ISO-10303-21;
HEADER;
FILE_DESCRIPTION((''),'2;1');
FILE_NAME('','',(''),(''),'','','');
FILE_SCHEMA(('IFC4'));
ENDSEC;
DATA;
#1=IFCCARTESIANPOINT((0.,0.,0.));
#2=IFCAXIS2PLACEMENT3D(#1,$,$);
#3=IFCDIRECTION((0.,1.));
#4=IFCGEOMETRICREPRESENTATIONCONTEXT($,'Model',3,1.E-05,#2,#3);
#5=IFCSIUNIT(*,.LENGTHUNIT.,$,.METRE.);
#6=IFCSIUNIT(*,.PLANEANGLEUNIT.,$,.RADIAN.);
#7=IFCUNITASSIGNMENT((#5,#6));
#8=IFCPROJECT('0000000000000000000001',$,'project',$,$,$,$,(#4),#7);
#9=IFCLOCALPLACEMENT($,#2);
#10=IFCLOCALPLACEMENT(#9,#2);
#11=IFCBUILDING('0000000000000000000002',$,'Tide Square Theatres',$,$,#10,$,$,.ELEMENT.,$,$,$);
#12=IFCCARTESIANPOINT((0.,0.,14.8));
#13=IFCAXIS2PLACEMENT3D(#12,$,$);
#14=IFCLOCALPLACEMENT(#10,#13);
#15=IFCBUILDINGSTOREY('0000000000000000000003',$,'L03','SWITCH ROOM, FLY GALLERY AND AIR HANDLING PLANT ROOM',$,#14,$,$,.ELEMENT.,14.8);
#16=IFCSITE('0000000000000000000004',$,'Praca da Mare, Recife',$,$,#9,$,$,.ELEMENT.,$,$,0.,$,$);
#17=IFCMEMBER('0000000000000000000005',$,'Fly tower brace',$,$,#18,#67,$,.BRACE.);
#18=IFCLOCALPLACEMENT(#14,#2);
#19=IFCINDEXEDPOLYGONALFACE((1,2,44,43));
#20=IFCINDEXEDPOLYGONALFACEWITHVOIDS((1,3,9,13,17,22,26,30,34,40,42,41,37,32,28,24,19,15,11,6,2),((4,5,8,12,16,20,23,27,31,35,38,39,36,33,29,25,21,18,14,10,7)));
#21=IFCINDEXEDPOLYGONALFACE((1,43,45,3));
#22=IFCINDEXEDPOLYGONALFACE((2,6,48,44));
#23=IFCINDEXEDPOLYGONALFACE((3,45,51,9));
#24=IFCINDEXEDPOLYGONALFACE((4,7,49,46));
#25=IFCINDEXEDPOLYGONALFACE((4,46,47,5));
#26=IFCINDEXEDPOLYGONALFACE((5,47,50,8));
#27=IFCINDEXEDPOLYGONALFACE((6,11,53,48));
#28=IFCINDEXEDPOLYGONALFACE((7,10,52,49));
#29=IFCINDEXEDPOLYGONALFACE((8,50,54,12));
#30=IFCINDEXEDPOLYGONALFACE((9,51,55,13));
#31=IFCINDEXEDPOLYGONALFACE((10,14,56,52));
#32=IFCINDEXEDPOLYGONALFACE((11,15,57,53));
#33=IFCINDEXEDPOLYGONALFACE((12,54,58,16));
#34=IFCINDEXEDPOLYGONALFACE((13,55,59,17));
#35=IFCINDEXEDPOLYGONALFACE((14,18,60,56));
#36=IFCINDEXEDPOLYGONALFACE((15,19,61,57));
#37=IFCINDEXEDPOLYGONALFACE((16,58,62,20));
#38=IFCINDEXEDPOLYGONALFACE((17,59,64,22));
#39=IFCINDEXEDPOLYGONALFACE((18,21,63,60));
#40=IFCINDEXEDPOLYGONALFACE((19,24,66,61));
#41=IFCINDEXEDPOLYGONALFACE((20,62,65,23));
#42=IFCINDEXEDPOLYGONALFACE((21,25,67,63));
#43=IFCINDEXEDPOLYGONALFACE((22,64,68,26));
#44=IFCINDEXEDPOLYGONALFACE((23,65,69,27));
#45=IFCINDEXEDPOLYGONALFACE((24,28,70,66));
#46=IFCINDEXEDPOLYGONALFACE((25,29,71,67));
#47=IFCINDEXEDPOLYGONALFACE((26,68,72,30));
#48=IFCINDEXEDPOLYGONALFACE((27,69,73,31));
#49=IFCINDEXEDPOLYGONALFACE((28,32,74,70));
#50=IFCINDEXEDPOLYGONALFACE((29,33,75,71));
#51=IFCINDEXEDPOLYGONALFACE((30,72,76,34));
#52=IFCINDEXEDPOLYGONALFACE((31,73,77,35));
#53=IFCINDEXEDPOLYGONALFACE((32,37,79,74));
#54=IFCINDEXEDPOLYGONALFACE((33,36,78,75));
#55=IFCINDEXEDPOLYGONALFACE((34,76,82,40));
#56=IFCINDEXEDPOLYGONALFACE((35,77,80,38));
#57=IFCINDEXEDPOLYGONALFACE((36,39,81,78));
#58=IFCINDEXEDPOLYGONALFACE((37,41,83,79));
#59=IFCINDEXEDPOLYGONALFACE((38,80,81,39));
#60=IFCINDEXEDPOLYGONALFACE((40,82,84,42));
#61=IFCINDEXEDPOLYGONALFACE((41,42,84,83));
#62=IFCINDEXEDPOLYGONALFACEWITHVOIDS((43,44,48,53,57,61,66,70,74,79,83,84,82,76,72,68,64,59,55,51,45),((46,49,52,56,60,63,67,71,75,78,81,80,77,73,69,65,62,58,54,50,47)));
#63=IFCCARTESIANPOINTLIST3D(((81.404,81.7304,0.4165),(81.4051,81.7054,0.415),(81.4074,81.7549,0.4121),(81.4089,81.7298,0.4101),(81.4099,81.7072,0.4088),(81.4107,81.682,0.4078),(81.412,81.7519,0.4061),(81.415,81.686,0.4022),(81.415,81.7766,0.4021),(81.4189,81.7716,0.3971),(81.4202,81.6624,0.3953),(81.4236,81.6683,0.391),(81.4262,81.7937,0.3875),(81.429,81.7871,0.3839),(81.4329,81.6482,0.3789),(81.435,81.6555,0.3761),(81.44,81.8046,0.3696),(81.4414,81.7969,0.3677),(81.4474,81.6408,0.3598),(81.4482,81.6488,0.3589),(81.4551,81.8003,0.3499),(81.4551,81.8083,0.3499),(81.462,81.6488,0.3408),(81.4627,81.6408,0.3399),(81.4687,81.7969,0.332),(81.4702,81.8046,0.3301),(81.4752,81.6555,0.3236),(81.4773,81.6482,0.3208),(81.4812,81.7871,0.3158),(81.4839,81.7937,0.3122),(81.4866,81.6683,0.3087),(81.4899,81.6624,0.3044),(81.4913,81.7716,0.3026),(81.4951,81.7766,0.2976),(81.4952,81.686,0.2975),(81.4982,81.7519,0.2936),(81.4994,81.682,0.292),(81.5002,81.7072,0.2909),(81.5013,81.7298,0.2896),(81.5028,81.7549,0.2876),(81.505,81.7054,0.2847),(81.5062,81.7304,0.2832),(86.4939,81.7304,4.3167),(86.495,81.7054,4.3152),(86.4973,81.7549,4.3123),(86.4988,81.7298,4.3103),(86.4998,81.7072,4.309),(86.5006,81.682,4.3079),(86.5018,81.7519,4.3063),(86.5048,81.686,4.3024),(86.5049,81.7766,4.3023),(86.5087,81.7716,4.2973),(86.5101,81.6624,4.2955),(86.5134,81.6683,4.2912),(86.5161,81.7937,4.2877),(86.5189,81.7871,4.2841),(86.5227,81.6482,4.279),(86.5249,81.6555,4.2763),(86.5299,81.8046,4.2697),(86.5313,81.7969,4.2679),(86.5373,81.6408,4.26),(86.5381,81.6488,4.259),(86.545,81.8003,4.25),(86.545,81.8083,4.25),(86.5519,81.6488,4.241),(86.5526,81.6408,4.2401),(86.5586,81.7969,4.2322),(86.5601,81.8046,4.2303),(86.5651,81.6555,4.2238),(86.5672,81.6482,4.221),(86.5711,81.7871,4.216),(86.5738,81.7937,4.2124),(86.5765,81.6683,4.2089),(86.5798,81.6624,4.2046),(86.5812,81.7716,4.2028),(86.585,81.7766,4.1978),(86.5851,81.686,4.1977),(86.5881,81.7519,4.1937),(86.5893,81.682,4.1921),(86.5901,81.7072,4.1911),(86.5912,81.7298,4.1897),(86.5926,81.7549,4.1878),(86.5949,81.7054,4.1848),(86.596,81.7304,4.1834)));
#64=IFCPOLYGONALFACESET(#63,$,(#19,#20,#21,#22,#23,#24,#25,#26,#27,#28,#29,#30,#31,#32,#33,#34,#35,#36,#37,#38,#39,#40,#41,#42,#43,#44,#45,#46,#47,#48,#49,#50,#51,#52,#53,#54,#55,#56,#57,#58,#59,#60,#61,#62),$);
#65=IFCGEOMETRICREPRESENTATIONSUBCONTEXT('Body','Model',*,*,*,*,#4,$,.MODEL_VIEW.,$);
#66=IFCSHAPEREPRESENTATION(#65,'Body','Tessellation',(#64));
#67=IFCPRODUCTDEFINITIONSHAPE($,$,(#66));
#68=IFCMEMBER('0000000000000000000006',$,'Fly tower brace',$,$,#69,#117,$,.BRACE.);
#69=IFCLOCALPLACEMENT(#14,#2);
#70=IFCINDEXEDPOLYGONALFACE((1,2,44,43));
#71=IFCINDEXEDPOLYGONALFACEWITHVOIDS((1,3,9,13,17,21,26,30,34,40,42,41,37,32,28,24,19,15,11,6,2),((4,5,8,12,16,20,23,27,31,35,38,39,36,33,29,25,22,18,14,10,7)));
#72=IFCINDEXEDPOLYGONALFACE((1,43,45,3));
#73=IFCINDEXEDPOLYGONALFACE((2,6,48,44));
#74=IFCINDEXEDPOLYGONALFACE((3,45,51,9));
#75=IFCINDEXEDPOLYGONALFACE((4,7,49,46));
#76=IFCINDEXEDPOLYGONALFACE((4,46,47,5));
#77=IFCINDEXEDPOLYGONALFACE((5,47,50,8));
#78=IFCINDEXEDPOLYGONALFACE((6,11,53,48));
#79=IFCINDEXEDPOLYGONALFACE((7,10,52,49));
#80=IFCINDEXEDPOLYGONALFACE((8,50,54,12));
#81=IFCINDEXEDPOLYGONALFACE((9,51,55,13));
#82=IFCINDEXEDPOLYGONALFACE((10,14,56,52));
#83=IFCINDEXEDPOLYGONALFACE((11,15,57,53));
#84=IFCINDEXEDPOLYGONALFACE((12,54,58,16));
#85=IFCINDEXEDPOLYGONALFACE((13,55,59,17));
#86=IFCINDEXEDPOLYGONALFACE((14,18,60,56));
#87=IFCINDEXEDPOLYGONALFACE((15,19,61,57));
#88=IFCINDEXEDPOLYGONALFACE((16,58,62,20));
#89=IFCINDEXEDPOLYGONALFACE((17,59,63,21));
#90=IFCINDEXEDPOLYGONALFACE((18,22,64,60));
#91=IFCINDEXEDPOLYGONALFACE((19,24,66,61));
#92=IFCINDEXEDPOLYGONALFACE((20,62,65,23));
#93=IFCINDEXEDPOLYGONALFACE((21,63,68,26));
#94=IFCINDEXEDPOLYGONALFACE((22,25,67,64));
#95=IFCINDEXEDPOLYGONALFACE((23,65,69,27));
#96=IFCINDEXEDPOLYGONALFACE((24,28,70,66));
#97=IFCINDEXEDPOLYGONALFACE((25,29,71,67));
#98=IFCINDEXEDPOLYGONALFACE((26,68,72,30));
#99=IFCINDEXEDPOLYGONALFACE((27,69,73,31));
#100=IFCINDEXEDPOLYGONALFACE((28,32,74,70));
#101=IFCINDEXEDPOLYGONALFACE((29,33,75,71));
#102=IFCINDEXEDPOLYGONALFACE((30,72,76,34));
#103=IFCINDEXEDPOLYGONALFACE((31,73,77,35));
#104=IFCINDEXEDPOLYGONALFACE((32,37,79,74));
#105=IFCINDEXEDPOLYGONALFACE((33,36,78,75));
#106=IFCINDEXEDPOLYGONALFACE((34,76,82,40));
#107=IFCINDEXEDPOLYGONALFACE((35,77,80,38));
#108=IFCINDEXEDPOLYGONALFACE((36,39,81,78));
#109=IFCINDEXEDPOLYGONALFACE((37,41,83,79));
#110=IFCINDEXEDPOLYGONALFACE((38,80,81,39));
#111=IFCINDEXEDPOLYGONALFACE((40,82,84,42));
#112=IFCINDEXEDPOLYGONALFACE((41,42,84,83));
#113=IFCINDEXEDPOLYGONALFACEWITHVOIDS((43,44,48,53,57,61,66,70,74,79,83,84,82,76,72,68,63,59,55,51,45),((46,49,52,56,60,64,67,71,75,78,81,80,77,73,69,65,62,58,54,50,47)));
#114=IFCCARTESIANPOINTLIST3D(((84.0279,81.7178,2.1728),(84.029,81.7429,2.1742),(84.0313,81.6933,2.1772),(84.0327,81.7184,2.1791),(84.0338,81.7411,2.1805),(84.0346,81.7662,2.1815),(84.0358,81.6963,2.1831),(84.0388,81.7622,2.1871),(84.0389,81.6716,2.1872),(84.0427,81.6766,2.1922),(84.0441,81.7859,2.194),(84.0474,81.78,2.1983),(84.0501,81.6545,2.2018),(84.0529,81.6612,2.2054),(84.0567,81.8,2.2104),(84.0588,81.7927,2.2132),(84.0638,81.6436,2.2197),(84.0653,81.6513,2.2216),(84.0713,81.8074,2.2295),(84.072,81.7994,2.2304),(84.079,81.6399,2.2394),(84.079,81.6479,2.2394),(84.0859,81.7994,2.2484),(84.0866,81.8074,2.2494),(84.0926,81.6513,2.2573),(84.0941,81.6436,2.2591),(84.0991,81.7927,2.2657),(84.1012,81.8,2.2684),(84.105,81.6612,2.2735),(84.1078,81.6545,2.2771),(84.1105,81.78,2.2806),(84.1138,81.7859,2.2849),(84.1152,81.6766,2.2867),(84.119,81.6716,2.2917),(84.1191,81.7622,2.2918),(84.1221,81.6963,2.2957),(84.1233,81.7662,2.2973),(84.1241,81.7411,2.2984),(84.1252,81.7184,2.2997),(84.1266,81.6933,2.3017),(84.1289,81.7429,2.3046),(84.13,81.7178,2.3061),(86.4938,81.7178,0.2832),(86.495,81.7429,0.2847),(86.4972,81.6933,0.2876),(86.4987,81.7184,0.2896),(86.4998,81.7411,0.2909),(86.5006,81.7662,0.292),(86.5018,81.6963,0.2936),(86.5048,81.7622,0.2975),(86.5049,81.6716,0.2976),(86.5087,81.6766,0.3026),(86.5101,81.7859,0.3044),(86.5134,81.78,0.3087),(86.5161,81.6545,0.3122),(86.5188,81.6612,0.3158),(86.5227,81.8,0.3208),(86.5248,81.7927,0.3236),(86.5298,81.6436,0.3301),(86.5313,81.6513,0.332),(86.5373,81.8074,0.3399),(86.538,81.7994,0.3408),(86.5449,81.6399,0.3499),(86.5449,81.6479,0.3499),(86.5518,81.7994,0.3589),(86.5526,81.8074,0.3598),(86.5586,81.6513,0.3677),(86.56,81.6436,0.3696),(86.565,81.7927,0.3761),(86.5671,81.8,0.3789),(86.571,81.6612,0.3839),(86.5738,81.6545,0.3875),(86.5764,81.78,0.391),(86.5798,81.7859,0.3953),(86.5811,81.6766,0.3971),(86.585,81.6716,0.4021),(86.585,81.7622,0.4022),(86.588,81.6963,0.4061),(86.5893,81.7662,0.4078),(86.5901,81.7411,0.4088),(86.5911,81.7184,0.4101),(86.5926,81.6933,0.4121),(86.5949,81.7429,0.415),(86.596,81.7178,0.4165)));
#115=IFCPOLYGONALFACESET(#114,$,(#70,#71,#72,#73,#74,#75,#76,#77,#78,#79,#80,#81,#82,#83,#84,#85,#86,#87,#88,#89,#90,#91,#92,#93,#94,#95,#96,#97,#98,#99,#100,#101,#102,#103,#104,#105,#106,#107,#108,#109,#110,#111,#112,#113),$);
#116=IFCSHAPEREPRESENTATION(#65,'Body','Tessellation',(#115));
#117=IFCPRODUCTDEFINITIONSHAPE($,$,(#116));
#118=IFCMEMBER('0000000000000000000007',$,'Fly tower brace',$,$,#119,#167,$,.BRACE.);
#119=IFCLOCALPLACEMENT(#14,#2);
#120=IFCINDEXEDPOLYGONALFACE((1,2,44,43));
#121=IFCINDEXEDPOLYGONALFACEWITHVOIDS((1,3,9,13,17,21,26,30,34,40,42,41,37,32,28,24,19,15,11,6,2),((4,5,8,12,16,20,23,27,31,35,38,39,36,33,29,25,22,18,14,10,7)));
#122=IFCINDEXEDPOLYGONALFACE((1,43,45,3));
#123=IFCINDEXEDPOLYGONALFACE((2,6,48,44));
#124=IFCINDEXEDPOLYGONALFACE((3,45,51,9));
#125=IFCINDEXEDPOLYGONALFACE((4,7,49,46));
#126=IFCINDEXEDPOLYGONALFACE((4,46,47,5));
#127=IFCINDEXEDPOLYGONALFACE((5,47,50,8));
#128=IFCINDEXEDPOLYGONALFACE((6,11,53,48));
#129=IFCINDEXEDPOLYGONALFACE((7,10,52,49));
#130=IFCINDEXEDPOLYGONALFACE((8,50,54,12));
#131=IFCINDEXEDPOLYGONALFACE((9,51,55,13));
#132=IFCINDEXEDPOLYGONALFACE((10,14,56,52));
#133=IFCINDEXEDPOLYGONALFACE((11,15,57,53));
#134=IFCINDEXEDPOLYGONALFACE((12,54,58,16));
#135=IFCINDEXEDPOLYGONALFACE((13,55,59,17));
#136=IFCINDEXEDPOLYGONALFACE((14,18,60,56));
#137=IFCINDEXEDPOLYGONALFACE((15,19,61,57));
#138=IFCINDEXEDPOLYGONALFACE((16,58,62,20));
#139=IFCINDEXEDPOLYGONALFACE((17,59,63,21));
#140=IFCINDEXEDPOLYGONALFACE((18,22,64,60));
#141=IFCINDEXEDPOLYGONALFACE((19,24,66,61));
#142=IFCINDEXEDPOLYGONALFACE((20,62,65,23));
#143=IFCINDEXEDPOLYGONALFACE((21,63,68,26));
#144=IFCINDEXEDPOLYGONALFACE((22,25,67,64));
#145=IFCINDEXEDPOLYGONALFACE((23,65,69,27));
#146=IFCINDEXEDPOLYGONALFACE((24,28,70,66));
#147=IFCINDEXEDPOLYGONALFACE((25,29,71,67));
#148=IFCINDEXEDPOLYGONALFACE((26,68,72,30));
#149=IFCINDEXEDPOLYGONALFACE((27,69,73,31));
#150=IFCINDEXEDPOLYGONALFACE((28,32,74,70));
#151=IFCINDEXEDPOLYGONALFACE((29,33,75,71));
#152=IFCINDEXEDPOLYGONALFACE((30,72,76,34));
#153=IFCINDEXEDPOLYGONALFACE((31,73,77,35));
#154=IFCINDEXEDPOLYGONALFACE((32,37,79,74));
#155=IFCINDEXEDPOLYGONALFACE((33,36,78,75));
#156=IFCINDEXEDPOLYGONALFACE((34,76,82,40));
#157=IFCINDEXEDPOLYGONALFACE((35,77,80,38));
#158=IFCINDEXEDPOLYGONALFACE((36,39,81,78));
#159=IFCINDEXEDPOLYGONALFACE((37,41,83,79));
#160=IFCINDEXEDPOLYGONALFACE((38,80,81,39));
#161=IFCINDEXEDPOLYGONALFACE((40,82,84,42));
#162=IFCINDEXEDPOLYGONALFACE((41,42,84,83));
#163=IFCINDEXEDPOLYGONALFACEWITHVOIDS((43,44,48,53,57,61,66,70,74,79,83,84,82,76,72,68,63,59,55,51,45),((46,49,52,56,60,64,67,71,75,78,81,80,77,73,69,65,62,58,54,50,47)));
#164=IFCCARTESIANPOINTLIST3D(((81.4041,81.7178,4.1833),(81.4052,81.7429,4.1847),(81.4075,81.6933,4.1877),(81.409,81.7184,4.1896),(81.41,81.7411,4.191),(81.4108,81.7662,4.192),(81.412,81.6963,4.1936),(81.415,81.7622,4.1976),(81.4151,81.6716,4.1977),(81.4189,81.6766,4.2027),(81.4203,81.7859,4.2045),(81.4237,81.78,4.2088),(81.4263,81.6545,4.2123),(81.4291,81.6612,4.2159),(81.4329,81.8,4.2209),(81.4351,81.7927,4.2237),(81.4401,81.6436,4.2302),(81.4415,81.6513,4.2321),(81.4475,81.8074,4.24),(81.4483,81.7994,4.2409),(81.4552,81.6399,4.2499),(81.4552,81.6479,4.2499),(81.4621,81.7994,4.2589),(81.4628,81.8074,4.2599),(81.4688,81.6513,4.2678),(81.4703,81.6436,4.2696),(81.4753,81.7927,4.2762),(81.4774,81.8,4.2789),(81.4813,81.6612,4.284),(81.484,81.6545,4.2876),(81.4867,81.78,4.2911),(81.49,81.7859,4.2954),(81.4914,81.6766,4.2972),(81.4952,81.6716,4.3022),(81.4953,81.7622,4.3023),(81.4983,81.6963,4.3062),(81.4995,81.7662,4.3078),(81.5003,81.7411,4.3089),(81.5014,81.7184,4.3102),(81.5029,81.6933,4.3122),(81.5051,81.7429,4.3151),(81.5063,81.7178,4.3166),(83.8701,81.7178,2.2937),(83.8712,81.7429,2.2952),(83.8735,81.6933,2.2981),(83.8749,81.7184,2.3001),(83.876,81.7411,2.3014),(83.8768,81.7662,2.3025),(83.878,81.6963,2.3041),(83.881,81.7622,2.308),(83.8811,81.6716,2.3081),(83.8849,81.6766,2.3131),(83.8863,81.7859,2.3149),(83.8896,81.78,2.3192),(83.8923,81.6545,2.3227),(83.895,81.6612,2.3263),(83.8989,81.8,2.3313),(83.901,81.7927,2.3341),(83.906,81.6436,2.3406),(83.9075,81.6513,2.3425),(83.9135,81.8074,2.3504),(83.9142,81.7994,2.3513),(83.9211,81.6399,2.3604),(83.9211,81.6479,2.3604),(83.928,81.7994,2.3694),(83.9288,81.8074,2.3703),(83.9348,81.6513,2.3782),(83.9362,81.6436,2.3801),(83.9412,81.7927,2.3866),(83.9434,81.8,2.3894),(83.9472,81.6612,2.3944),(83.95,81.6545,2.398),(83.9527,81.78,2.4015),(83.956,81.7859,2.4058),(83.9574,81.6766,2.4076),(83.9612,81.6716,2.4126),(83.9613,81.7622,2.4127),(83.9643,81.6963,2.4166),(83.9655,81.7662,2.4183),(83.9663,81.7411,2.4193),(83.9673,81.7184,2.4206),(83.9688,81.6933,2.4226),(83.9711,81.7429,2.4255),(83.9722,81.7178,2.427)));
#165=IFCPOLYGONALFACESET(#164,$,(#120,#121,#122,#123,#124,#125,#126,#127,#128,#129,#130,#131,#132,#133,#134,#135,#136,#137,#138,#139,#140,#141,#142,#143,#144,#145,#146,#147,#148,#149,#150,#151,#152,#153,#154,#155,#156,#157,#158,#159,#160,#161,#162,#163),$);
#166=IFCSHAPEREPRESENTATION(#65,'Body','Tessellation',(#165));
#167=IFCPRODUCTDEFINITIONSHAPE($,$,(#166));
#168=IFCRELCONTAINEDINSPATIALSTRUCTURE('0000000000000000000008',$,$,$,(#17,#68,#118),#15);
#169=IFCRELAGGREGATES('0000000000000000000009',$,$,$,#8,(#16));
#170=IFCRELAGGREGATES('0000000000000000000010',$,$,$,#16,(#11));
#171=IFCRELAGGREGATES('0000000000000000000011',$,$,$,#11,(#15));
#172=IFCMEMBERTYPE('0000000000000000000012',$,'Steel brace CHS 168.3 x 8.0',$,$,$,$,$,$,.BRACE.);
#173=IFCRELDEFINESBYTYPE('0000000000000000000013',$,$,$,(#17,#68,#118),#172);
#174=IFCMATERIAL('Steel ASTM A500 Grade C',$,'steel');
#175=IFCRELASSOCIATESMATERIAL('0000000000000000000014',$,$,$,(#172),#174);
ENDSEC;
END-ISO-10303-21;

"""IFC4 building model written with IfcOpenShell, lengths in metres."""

from ifc_helpers import new_model, si_unit, direction, frame, origin, origin_2d, place, context, subcontext, project, spatial, hollow_circle, extrude, material, material_profile, profile_set, type_object, element, save


model = new_model("IFC4")

# Units and contexts
model_context = context("Model", 3, precision=1e-05, world=origin(), true_north=direction((0.0, 1.0)))
body_context = subcontext(model_context, "Body", "Model", "MODEL_VIEW")
ifc_project = project(units=[si_unit("LENGTHUNIT", "METRE"), si_unit("PLANEANGLEUNIT", "RADIAN")], contexts=[model_context])

# Site, building, storey
site_placement = place(None, origin())
site = spatial("IfcSite", under=ifc_project, at=site_placement, Name="Praca da Mare, Recife", CompositionType="ELEMENT", RefElevation=0.0)
building_placement = place(site_placement, origin())
building = spatial("IfcBuilding", under=site, at=building_placement, Name="Tide Square Theatres", CompositionType="ELEMENT")
storey_placement = place(building_placement, frame((0.0, 0.0, 14.8)))
storey = spatial("IfcBuildingStorey", under=building, at=storey_placement, Name="L03", Description="SWITCH ROOM, FLY GALLERY AND AIR HANDLING PLANT ROOM", CompositionType="ELEMENT", Elevation=14.8)

# Members
ifc_material_1 = material(Name="Steel ASTM A500 Grade C", Category="steel")
ifc_material_profile_1 = material_profile(ifc_material_1, hollow_circle(Radius=0.0842, WallThickness=0.0081, at=origin_2d()))
ifc_profile_set_1 = profile_set([ifc_material_profile_1], Name="Steel ASTM A500 Grade C")
member_type = type_object("IfcMemberType", Name="Steel brace CHS 168.3 x 8.0", PredefinedType="BRACE", material=ifc_profile_set_1)
member_1_placement = place(storey_placement, frame((81.4551, 81.7241, 0.3499), z_axis=(0.793762, 0.0, 0.608228), x_axis=(0.0, 1.0, 0.0)))
element("IfcMember", 1, at=member_1_placement, inside=storey, type_object=member_type, Name="Fly tower brace", PredefinedType="BRACE", context=body_context, shape_type="SweptSolid", body=[
    extrude(hollow_circle(Radius=0.0842, WallThickness=0.0081, at=origin_2d()), origin(), (0.0, 0.0, 1.0), 6.4124),
])
for number, where, z_axis, x_axis, name in (
    (2, (86.5449, 81.7241, 0.3499), (-0.793762, 0.0, 0.608229), (0.0, -1.0, 0.0), "Fly tower brace"),
    (3, (83.9211, 81.7241, 2.3604), (-0.793762, 0.0, 0.608229), (0.0, -1.0, 0.0), "Fly tower brace"),
):
    element("IfcMember", number, at=place(storey_placement, frame(where, z_axis=z_axis, x_axis=x_axis)), inside=storey, type_object=member_type, Name=name, PredefinedType="BRACE", context=body_context, shape_type="SweptSolid", body=[
        extrude(hollow_circle(Radius=0.0842, WallThickness=0.0081, at=origin_2d()), origin(), (0.0, 0.0, 1.0), 3.1067),
    ])

save(model, "model.ifc")
